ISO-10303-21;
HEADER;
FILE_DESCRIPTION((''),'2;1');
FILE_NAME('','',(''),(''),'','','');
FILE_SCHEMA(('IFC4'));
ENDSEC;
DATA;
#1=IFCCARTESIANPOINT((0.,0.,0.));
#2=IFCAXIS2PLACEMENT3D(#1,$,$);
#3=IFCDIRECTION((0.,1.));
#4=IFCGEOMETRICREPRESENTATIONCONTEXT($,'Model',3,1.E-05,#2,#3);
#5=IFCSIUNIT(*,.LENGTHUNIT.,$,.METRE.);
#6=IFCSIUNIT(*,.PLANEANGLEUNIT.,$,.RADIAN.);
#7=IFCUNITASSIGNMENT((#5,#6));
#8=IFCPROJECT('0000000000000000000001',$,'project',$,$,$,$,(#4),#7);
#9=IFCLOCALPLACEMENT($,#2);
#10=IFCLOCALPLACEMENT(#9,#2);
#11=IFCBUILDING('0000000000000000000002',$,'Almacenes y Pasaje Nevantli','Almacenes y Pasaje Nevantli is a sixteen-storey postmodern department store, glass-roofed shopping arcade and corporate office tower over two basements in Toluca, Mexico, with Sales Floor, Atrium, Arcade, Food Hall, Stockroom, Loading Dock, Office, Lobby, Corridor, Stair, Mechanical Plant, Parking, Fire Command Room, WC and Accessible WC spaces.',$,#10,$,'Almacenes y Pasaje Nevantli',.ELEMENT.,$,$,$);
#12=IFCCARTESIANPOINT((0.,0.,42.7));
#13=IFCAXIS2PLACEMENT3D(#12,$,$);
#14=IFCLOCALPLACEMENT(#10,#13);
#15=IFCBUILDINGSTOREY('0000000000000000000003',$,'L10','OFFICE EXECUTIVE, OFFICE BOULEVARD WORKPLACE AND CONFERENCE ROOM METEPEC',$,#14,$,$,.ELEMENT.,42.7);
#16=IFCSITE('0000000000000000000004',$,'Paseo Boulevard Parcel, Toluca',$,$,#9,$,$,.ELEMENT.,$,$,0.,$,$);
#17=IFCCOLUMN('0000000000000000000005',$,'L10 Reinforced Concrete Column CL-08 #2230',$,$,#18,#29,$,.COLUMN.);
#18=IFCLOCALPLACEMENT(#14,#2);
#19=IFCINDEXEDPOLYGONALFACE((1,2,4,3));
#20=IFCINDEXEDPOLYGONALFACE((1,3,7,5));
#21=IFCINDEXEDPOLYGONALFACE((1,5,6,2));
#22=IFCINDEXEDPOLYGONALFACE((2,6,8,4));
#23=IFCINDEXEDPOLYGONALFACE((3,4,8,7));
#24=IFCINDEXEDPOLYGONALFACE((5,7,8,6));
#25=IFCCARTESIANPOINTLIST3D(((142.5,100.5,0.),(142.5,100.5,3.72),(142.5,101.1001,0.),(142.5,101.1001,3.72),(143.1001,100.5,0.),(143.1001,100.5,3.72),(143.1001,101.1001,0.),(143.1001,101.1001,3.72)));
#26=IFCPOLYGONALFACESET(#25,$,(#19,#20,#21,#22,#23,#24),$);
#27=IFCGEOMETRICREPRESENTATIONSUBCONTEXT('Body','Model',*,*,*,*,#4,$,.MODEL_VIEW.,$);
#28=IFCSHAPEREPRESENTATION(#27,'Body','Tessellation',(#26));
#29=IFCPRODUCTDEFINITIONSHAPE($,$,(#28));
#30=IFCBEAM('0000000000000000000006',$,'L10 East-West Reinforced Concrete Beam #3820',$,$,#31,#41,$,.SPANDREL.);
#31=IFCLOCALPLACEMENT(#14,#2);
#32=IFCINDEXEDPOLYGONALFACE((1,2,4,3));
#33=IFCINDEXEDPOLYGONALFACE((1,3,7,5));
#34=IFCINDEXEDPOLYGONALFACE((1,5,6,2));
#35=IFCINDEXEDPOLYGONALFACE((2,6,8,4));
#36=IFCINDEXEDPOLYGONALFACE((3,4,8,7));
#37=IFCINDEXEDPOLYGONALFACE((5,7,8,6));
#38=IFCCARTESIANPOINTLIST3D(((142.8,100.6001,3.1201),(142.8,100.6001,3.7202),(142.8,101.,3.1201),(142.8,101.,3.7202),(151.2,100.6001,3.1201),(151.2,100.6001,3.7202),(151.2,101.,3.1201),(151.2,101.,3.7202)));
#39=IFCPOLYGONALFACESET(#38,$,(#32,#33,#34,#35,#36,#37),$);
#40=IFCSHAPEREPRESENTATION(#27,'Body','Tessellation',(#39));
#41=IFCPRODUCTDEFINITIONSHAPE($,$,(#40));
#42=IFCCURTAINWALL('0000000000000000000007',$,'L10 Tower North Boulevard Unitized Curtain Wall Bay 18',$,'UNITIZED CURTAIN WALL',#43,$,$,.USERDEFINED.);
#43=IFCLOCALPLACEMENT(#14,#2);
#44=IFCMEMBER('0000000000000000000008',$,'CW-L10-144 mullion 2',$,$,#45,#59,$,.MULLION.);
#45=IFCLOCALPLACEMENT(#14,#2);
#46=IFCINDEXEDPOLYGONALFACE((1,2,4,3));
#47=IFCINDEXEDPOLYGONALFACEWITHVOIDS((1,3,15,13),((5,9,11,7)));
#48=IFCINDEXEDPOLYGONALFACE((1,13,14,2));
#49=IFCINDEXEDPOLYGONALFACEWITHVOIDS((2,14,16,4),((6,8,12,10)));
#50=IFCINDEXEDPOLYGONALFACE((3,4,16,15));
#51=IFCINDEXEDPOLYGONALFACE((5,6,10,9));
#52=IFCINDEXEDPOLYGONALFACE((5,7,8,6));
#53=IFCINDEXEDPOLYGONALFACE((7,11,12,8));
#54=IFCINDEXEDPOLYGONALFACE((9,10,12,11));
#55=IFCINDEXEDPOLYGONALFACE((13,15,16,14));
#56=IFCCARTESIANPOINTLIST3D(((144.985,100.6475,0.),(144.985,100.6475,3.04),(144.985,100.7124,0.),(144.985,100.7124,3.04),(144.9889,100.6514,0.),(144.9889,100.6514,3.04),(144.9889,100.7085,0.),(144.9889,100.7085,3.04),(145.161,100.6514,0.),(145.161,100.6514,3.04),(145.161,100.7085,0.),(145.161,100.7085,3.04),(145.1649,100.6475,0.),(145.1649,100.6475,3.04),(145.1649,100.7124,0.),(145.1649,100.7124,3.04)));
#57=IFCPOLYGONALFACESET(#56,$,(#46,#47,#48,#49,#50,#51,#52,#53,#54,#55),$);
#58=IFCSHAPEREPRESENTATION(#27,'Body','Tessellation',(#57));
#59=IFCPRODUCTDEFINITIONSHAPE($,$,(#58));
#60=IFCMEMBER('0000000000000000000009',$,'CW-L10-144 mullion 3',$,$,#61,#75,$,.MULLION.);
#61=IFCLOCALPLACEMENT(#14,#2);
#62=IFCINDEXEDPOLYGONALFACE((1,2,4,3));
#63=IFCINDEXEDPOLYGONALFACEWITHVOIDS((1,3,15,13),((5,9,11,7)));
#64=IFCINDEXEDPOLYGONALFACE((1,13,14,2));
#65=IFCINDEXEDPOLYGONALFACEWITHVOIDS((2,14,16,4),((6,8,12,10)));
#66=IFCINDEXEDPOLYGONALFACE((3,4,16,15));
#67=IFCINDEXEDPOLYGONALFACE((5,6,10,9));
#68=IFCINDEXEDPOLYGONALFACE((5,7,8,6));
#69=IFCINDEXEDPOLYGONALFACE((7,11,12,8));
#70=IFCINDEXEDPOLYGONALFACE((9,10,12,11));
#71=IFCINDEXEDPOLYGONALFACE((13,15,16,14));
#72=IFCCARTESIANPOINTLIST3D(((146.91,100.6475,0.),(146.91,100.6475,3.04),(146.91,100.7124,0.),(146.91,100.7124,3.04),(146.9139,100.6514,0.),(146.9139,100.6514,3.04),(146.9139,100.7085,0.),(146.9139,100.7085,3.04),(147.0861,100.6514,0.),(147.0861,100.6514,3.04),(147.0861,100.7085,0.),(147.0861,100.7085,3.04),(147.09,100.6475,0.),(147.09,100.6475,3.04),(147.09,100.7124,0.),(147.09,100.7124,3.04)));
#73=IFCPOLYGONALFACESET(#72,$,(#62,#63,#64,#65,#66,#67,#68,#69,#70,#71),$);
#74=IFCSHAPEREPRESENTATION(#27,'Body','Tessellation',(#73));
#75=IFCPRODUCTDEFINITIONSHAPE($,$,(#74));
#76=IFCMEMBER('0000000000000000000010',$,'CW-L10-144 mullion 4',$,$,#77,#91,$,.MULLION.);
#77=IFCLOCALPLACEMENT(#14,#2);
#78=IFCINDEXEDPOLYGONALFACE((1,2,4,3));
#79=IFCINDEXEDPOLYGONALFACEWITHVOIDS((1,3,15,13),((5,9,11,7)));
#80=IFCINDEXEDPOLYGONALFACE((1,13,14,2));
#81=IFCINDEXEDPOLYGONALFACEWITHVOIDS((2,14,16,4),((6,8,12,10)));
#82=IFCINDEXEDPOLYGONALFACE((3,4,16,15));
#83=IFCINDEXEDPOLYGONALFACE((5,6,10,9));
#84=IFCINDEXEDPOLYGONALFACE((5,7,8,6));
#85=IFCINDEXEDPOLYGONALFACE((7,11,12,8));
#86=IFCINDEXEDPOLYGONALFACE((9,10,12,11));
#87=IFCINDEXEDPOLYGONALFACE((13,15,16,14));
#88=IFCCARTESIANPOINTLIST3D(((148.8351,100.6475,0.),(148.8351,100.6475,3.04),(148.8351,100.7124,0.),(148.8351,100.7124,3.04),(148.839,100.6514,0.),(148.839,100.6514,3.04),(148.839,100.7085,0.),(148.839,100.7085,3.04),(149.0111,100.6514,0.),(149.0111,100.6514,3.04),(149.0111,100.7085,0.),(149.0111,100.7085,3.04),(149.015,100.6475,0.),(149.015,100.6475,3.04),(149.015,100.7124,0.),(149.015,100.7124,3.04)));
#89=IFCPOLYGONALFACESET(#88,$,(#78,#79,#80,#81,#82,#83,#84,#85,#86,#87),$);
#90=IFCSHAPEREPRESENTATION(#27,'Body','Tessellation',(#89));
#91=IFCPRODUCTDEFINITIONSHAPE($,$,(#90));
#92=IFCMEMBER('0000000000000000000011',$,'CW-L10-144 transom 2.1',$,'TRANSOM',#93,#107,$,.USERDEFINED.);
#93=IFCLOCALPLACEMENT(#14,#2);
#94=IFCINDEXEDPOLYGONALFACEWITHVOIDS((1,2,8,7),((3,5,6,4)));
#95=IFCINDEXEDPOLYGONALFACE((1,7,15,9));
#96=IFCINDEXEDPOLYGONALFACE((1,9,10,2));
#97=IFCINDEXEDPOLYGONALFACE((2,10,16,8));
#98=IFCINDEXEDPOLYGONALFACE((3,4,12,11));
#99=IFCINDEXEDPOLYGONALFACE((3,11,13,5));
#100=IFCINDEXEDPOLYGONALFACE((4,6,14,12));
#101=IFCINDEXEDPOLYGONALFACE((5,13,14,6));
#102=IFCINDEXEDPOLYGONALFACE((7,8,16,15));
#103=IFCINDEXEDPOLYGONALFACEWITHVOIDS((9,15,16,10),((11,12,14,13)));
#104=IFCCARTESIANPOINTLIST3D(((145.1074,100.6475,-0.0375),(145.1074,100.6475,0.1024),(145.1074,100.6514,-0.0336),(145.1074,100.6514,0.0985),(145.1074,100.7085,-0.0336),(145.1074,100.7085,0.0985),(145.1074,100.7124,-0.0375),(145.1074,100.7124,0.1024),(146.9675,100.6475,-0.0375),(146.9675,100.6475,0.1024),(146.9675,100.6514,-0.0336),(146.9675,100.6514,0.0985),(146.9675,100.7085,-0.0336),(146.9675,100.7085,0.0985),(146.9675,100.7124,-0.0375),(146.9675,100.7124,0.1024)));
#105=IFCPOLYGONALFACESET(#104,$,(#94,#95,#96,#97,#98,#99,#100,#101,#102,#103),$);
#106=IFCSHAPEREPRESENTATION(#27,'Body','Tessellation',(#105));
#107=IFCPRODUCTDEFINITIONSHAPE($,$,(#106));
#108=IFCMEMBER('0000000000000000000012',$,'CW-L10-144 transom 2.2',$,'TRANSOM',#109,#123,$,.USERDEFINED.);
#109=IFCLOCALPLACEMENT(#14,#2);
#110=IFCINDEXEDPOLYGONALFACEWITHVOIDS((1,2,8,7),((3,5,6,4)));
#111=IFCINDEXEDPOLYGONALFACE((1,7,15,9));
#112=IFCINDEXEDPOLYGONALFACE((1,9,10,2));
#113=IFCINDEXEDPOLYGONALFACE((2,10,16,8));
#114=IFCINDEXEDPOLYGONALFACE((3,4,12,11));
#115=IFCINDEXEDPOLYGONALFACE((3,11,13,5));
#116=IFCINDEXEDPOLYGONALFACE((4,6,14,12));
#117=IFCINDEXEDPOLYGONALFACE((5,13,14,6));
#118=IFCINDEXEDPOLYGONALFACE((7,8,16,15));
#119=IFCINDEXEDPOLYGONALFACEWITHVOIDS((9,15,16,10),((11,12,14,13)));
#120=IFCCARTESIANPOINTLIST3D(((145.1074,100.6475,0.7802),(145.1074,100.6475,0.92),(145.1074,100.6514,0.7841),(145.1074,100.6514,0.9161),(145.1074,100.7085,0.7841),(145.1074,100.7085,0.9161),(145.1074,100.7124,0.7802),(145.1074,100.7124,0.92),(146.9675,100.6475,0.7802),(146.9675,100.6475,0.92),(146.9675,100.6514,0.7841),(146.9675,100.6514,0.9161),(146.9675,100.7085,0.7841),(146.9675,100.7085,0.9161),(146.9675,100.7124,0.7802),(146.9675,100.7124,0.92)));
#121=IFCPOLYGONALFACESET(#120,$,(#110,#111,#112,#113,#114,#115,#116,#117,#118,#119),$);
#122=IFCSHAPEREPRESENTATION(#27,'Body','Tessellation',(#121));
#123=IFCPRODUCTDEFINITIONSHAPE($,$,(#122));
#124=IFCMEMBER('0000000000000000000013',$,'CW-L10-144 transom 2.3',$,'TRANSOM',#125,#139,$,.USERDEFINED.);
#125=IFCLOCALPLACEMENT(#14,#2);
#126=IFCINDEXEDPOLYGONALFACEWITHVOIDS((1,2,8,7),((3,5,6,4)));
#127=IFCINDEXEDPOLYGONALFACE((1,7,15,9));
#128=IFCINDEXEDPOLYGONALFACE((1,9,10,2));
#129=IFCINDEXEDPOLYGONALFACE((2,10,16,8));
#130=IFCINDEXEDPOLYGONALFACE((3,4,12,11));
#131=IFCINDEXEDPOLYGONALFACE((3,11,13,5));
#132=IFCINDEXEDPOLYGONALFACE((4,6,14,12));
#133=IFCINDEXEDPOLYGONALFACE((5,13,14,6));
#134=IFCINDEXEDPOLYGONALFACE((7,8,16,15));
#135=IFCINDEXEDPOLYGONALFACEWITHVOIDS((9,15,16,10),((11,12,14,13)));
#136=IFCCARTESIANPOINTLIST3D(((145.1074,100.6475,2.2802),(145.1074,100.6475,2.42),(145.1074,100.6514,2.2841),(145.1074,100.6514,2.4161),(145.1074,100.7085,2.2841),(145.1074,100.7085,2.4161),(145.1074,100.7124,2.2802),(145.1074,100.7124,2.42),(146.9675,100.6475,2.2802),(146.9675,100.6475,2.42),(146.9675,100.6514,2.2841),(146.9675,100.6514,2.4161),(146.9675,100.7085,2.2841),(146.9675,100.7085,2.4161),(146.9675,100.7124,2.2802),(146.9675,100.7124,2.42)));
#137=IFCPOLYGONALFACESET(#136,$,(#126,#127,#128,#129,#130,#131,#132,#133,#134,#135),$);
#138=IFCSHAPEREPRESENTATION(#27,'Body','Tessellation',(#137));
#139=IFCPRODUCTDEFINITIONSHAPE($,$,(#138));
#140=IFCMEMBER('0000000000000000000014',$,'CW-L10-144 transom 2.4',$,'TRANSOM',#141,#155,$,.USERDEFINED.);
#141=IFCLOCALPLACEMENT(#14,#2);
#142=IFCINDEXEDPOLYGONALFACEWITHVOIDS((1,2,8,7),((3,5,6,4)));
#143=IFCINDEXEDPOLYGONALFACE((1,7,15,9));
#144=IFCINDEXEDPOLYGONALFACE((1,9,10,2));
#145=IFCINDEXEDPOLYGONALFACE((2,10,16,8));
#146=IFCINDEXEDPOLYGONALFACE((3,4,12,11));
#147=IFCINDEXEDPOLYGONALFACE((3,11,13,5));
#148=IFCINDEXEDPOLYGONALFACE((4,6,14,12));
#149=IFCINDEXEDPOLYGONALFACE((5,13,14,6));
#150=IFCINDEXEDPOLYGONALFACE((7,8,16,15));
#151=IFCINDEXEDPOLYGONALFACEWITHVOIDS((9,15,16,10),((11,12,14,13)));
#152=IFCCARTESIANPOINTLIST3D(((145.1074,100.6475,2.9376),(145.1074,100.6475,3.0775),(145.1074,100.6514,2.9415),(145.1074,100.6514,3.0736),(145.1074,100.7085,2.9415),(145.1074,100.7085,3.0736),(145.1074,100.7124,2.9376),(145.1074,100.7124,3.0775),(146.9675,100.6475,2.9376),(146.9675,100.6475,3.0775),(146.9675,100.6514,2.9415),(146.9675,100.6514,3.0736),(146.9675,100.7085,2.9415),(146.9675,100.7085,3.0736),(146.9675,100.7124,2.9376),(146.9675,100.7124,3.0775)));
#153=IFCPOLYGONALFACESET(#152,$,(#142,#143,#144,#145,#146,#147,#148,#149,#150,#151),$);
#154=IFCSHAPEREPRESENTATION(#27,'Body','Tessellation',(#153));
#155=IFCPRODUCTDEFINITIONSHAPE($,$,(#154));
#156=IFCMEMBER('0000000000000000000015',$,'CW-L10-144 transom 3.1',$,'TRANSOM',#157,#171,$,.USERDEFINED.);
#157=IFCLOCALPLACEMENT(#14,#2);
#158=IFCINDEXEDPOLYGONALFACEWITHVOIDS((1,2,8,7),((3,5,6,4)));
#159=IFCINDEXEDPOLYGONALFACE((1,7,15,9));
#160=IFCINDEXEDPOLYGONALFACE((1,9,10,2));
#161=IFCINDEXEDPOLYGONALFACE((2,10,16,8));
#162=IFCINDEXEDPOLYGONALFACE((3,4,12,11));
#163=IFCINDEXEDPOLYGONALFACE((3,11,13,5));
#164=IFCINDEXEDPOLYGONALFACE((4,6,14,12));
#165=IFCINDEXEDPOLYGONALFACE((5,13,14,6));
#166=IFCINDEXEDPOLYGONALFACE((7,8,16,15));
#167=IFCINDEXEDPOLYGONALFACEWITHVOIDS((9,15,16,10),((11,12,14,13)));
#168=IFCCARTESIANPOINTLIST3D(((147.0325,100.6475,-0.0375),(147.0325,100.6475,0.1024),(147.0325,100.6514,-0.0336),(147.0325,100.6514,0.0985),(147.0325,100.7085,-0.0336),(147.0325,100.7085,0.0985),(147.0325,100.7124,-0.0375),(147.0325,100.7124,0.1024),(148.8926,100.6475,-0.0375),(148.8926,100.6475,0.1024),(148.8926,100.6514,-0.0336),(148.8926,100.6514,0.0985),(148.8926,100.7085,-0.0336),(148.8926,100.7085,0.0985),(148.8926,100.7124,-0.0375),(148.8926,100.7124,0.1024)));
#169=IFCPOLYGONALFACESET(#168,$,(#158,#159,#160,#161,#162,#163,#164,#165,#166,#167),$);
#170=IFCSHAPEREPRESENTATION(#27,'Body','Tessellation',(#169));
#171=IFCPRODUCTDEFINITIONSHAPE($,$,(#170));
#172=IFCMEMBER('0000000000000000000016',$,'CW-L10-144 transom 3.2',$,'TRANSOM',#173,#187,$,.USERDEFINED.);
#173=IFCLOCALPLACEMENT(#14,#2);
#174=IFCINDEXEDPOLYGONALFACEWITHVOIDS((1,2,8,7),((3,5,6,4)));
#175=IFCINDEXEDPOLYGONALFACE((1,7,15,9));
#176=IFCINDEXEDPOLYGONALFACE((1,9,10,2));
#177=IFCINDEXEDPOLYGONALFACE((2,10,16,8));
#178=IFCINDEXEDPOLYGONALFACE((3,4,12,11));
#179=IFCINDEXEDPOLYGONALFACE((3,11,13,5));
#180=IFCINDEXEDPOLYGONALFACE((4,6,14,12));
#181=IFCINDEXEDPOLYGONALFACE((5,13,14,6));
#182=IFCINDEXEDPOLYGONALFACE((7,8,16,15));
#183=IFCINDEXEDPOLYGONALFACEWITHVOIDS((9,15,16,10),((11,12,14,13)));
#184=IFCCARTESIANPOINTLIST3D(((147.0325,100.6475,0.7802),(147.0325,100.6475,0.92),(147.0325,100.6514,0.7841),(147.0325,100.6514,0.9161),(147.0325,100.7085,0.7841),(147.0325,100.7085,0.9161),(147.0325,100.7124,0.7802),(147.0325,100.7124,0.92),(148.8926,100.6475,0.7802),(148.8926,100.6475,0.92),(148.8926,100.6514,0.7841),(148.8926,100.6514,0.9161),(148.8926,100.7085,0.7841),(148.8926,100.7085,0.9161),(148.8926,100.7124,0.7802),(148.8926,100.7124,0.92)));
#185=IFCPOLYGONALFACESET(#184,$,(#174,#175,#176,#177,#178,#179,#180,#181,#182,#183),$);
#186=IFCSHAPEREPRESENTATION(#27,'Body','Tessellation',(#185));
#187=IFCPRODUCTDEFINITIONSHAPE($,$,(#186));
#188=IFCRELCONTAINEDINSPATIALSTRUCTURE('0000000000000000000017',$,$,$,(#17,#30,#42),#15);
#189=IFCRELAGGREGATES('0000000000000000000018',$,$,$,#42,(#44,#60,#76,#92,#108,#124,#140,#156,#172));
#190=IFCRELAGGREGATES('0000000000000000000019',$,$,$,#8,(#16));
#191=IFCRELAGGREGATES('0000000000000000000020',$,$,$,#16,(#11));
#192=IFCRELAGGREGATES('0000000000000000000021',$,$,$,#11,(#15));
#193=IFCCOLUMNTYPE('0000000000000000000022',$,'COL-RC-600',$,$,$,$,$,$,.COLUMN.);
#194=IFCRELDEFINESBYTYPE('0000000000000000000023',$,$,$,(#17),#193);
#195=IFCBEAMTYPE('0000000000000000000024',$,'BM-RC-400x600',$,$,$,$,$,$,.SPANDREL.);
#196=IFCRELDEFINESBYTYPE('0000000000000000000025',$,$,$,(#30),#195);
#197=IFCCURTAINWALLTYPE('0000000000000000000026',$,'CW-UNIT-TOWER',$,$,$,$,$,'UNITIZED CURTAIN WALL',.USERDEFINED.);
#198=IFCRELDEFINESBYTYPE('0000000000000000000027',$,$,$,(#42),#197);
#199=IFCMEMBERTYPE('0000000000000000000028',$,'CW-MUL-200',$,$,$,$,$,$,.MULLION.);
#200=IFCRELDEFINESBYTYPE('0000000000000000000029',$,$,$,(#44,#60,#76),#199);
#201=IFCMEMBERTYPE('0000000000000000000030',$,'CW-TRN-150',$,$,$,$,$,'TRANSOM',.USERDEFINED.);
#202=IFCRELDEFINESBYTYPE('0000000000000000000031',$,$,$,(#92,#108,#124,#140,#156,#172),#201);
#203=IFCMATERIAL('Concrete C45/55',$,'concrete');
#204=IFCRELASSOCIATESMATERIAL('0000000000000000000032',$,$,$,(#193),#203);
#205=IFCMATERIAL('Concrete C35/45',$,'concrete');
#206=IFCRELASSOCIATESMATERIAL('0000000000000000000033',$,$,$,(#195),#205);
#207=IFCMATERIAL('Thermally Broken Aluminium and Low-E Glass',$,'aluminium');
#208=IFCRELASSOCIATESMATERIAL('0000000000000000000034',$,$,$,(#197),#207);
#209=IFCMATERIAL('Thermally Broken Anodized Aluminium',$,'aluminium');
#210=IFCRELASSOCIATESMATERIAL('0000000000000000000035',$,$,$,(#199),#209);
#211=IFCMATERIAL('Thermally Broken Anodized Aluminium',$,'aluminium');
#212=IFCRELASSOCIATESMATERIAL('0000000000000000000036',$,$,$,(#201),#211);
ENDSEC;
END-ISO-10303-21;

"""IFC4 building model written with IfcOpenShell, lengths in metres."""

from ifc_helpers import new_model, si_unit, direction, frame, origin, origin_2d, place, context, subcontext, project, spatial, rectangle, hollow_rectangle, extrude, material, material_profile, profile_set, type_object, element, aggregate, save


model = new_model("IFC4")

# Units and contexts
model_context = context("Model", 3, precision=1e-05, world=origin(), true_north=direction((0.0, 1.0)))
body_context = subcontext(model_context, "Body", "Model", "MODEL_VIEW")
ifc_project = project(units=[si_unit("LENGTHUNIT", "METRE"), si_unit("PLANEANGLEUNIT", "RADIAN")], contexts=[model_context])

# Site, building, storey
site_placement = place(None, origin())
site = spatial("IfcSite", under=ifc_project, at=site_placement, Name="Paseo Boulevard Parcel, Toluca", CompositionType="ELEMENT", RefElevation=0.0)
building_placement = place(site_placement, origin())
building = spatial("IfcBuilding", under=site, at=building_placement, Name="Almacenes y Pasaje Nevantli", Description="Almacenes y Pasaje Nevantli is a sixteen-storey postmodern department store, glass-roofed shopping arcade and corporate office tower over two basements in Toluca, Mexico, with Sales Floor, Atrium, Arcade, Food Hall, Stockroom, Loading Dock, Office, Lobby, Corridor, Stair, Mechanical Plant, Parking, Fire Command Room, WC and Accessible WC spaces.", LongName="Almacenes y Pasaje Nevantli", CompositionType="ELEMENT")
storey_placement = place(building_placement, frame((0.0, 0.0, 42.7)))
storey = spatial("IfcBuildingStorey", under=building, at=storey_placement, Name="L10", Description="OFFICE EXECUTIVE, OFFICE BOULEVARD WORKPLACE AND CONFERENCE ROOM METEPEC", CompositionType="ELEMENT", Elevation=42.7)

# Column
ifc_material_1 = material(Name="Concrete C45/55", Category="concrete")
ifc_material_profile_1 = material_profile(ifc_material_1, rectangle(XDim=0.6001, YDim=0.6001, at=origin_2d()), Name="RC-COL-600x600")
ifc_profile_set_1 = profile_set([ifc_material_profile_1], Name="Concrete C45/55")
column_type = type_object("IfcColumnType", Name="COL-RC-600", PredefinedType="COLUMN", material=ifc_profile_set_1)
column_placement = place(storey_placement, frame((142.8, 100.8, 0.0), z_axis=(0.0, 0.0, 1.0), x_axis=(1.0, 0.0, 0.0)))
element("IfcColumn", 1, at=column_placement, inside=storey, type_object=column_type, Name="L10 Reinforced Concrete Column CL-08 #2230", PredefinedType="COLUMN", context=body_context, shape_type="SweptSolid", body=[
    extrude(rectangle(XDim=0.6001, YDim=0.6001, at=origin_2d()), origin(), (0.0, 0.0, 1.0), 3.72),
])

# Beam
ifc_material_2 = material(Name="Concrete C35/45", Category="concrete")
ifc_material_profile_2 = material_profile(ifc_material_2, rectangle(XDim=0.3999, YDim=0.6001, at=origin_2d()), Name="RC-BM-400x600")
ifc_profile_set_2 = profile_set([ifc_material_profile_2], Name="Concrete C35/45")
beam_type = type_object("IfcBeamType", Name="BM-RC-400x600", PredefinedType="SPANDREL", material=ifc_profile_set_2)
beam_placement = place(storey_placement, frame((142.8, 100.8, 3.4202), z_axis=(1.0, 0.0, 0.0), x_axis=(0.0, 1.0, 0.0)))
element("IfcBeam", 2, at=beam_placement, inside=storey, type_object=beam_type, Name="L10 East-West Reinforced Concrete Beam #3820", PredefinedType="SPANDREL", context=body_context, shape_type="SweptSolid", body=[
    extrude(rectangle(XDim=0.3999, YDim=0.6001, at=origin_2d()), origin(), (0.0, 0.0, 1.0), 8.3999),
])

# Curtain wall, members
ifc_material_3 = material(Name="Thermally Broken Aluminium and Low-E Glass", Category="aluminium")
curtain_wall_type = type_object("IfcCurtainWallType", Name="CW-UNIT-TOWER", ElementType="UNITIZED CURTAIN WALL", PredefinedType="USERDEFINED", material=ifc_material_3)
curtain_wall_placement = place(storey_placement, origin())
curtain_wall = element("IfcCurtainWall", 3, at=curtain_wall_placement, inside=storey, type_object=curtain_wall_type, Name="L10 Tower North Boulevard Unitized Curtain Wall Bay 18", ObjectType="UNITIZED CURTAIN WALL", PredefinedType="USERDEFINED")
ifc_material_4 = material(Name="Thermally Broken Anodized Aluminium", Category="aluminium")
ifc_material_profile_3 = material_profile(ifc_material_4, hollow_rectangle(XDim=0.0649, YDim=0.1799, WallThickness=0.0039, at=origin_2d()), Name="ALU-MUL-65x180")
ifc_profile_set_3 = profile_set([ifc_material_profile_3], Name="Thermally Broken Anodized Aluminium")
member_type_1 = type_object("IfcMemberType", Name="CW-MUL-200", PredefinedType="MULLION", material=ifc_profile_set_3)
member_1_placement = place(storey_placement, frame((145.075, 100.6799, 0.0), z_axis=(0.0, 0.0, 1.0), x_axis=(0.0, 1.0, 0.0)))
member_1 = element("IfcMember", 4, at=member_1_placement, type_object=member_type_1, Name="CW-L10-144 mullion 2", PredefinedType="MULLION", context=body_context, shape_type="SweptSolid", body=[
    extrude(hollow_rectangle(XDim=0.0649, YDim=0.1799, WallThickness=0.0039, at=origin_2d()), origin(), (0.0, 0.0, 1.0), 3.04),
])
member_2_placement = place(storey_placement, frame((147.0, 100.6799, 0.0), z_axis=(0.0, 0.0, 1.0), x_axis=(0.0, 1.0, 0.0)))
member_2 = element("IfcMember", 5, at=member_2_placement, type_object=member_type_1, Name="CW-L10-144 mullion 3", PredefinedType="MULLION", context=body_context, shape_type="SweptSolid", body=[
    extrude(hollow_rectangle(XDim=0.0649, YDim=0.1799, WallThickness=0.0039, at=origin_2d()), origin(), (0.0, 0.0, 1.0), 3.04),
])
member_3_placement = place(storey_placement, frame((148.925, 100.6799, 0.0), z_axis=(0.0, 0.0, 1.0), x_axis=(0.0, 1.0, 0.0)))
member_3 = element("IfcMember", 6, at=member_3_placement, type_object=member_type_1, Name="CW-L10-144 mullion 4", PredefinedType="MULLION", context=body_context, shape_type="SweptSolid", body=[
    extrude(hollow_rectangle(XDim=0.0649, YDim=0.1799, WallThickness=0.0039, at=origin_2d()), origin(), (0.0, 0.0, 1.0), 3.04),
])
ifc_material_5 = material(Name="Thermally Broken Anodized Aluminium", Category="aluminium")
ifc_material_profile_4 = material_profile(ifc_material_5, hollow_rectangle(XDim=0.0649, YDim=0.1399, WallThickness=0.0039, at=origin_2d()), Name="ALU-TRN-65x140")
ifc_profile_set_4 = profile_set([ifc_material_profile_4], Name="Thermally Broken Anodized Aluminium")
member_type_2 = type_object("IfcMemberType", Name="CW-TRN-150", ElementType="TRANSOM", PredefinedType="USERDEFINED", material=ifc_profile_set_4)
member_4_placement = place(storey_placement, frame((145.1074, 100.6799, 0.0325), z_axis=(1.0, 0.0, 0.0), x_axis=(0.0, 1.0, 0.0)))
member_4 = element("IfcMember", 7, at=member_4_placement, type_object=member_type_2, Name="CW-L10-144 transom 2.1", ObjectType="TRANSOM", PredefinedType="USERDEFINED", context=body_context, shape_type="SweptSolid", body=[
    extrude(hollow_rectangle(XDim=0.0649, YDim=0.1399, WallThickness=0.0039, at=origin_2d()), origin(), (0.0, 0.0, 1.0), 1.8601),
])
member_5_placement = place(storey_placement, frame((145.1074, 100.6799, 0.8501), z_axis=(1.0, 0.0, 0.0), x_axis=(0.0, 1.0, 0.0)))
member_5 = element("IfcMember", 8, at=member_5_placement, type_object=member_type_2, Name="CW-L10-144 transom 2.2", ObjectType="TRANSOM", PredefinedType="USERDEFINED", context=body_context, shape_type="SweptSolid", body=[
    extrude(hollow_rectangle(XDim=0.0649, YDim=0.1399, WallThickness=0.0039, at=origin_2d()), origin(), (0.0, 0.0, 1.0), 1.8601),
])
member_6_placement = place(storey_placement, frame((145.1074, 100.6799, 2.3501), z_axis=(1.0, 0.0, 0.0), x_axis=(0.0, 1.0, 0.0)))
member_6 = element("IfcMember", 9, at=member_6_placement, type_object=member_type_2, Name="CW-L10-144 transom 2.3", ObjectType="TRANSOM", PredefinedType="USERDEFINED", context=body_context, shape_type="SweptSolid", body=[
    extrude(hollow_rectangle(XDim=0.0649, YDim=0.1399, WallThickness=0.0039, at=origin_2d()), origin(), (0.0, 0.0, 1.0), 1.8601),
])
member_7_placement = place(storey_placement, frame((145.1074, 100.6799, 3.0076), z_axis=(1.0, 0.0, 0.0), x_axis=(0.0, 1.0, 0.0)))
member_7 = element("IfcMember", 10, at=member_7_placement, type_object=member_type_2, Name="CW-L10-144 transom 2.4", ObjectType="TRANSOM", PredefinedType="USERDEFINED", context=body_context, shape_type="SweptSolid", body=[
    extrude(hollow_rectangle(XDim=0.0649, YDim=0.1399, WallThickness=0.0039, at=origin_2d()), origin(), (0.0, 0.0, 1.0), 1.8601),
])
member_8_placement = place(storey_placement, frame((147.0325, 100.6799, 0.0325), z_axis=(1.0, 0.0, 0.0), x_axis=(0.0, 1.0, 0.0)))
member_8 = element("IfcMember", 11, at=member_8_placement, type_object=member_type_2, Name="CW-L10-144 transom 3.1", ObjectType="TRANSOM", PredefinedType="USERDEFINED", context=body_context, shape_type="SweptSolid", body=[
    extrude(hollow_rectangle(XDim=0.0649, YDim=0.1399, WallThickness=0.0039, at=origin_2d()), origin(), (0.0, 0.0, 1.0), 1.8601),
])
member_9_placement = place(storey_placement, frame((147.0325, 100.6799, 0.8501), z_axis=(1.0, 0.0, 0.0), x_axis=(0.0, 1.0, 0.0)))
member_9 = element("IfcMember", 12, at=member_9_placement, type_object=member_type_2, Name="CW-L10-144 transom 3.2", ObjectType="TRANSOM", PredefinedType="USERDEFINED", context=body_context, shape_type="SweptSolid", body=[
    extrude(hollow_rectangle(XDim=0.0649, YDim=0.1399, WallThickness=0.0039, at=origin_2d()), origin(), (0.0, 0.0, 1.0), 1.8601),
])
aggregate(curtain_wall, [member_1, member_2, member_3, member_4, member_5, member_6, member_7, member_8, member_9])

save(model, "model.ifc")
